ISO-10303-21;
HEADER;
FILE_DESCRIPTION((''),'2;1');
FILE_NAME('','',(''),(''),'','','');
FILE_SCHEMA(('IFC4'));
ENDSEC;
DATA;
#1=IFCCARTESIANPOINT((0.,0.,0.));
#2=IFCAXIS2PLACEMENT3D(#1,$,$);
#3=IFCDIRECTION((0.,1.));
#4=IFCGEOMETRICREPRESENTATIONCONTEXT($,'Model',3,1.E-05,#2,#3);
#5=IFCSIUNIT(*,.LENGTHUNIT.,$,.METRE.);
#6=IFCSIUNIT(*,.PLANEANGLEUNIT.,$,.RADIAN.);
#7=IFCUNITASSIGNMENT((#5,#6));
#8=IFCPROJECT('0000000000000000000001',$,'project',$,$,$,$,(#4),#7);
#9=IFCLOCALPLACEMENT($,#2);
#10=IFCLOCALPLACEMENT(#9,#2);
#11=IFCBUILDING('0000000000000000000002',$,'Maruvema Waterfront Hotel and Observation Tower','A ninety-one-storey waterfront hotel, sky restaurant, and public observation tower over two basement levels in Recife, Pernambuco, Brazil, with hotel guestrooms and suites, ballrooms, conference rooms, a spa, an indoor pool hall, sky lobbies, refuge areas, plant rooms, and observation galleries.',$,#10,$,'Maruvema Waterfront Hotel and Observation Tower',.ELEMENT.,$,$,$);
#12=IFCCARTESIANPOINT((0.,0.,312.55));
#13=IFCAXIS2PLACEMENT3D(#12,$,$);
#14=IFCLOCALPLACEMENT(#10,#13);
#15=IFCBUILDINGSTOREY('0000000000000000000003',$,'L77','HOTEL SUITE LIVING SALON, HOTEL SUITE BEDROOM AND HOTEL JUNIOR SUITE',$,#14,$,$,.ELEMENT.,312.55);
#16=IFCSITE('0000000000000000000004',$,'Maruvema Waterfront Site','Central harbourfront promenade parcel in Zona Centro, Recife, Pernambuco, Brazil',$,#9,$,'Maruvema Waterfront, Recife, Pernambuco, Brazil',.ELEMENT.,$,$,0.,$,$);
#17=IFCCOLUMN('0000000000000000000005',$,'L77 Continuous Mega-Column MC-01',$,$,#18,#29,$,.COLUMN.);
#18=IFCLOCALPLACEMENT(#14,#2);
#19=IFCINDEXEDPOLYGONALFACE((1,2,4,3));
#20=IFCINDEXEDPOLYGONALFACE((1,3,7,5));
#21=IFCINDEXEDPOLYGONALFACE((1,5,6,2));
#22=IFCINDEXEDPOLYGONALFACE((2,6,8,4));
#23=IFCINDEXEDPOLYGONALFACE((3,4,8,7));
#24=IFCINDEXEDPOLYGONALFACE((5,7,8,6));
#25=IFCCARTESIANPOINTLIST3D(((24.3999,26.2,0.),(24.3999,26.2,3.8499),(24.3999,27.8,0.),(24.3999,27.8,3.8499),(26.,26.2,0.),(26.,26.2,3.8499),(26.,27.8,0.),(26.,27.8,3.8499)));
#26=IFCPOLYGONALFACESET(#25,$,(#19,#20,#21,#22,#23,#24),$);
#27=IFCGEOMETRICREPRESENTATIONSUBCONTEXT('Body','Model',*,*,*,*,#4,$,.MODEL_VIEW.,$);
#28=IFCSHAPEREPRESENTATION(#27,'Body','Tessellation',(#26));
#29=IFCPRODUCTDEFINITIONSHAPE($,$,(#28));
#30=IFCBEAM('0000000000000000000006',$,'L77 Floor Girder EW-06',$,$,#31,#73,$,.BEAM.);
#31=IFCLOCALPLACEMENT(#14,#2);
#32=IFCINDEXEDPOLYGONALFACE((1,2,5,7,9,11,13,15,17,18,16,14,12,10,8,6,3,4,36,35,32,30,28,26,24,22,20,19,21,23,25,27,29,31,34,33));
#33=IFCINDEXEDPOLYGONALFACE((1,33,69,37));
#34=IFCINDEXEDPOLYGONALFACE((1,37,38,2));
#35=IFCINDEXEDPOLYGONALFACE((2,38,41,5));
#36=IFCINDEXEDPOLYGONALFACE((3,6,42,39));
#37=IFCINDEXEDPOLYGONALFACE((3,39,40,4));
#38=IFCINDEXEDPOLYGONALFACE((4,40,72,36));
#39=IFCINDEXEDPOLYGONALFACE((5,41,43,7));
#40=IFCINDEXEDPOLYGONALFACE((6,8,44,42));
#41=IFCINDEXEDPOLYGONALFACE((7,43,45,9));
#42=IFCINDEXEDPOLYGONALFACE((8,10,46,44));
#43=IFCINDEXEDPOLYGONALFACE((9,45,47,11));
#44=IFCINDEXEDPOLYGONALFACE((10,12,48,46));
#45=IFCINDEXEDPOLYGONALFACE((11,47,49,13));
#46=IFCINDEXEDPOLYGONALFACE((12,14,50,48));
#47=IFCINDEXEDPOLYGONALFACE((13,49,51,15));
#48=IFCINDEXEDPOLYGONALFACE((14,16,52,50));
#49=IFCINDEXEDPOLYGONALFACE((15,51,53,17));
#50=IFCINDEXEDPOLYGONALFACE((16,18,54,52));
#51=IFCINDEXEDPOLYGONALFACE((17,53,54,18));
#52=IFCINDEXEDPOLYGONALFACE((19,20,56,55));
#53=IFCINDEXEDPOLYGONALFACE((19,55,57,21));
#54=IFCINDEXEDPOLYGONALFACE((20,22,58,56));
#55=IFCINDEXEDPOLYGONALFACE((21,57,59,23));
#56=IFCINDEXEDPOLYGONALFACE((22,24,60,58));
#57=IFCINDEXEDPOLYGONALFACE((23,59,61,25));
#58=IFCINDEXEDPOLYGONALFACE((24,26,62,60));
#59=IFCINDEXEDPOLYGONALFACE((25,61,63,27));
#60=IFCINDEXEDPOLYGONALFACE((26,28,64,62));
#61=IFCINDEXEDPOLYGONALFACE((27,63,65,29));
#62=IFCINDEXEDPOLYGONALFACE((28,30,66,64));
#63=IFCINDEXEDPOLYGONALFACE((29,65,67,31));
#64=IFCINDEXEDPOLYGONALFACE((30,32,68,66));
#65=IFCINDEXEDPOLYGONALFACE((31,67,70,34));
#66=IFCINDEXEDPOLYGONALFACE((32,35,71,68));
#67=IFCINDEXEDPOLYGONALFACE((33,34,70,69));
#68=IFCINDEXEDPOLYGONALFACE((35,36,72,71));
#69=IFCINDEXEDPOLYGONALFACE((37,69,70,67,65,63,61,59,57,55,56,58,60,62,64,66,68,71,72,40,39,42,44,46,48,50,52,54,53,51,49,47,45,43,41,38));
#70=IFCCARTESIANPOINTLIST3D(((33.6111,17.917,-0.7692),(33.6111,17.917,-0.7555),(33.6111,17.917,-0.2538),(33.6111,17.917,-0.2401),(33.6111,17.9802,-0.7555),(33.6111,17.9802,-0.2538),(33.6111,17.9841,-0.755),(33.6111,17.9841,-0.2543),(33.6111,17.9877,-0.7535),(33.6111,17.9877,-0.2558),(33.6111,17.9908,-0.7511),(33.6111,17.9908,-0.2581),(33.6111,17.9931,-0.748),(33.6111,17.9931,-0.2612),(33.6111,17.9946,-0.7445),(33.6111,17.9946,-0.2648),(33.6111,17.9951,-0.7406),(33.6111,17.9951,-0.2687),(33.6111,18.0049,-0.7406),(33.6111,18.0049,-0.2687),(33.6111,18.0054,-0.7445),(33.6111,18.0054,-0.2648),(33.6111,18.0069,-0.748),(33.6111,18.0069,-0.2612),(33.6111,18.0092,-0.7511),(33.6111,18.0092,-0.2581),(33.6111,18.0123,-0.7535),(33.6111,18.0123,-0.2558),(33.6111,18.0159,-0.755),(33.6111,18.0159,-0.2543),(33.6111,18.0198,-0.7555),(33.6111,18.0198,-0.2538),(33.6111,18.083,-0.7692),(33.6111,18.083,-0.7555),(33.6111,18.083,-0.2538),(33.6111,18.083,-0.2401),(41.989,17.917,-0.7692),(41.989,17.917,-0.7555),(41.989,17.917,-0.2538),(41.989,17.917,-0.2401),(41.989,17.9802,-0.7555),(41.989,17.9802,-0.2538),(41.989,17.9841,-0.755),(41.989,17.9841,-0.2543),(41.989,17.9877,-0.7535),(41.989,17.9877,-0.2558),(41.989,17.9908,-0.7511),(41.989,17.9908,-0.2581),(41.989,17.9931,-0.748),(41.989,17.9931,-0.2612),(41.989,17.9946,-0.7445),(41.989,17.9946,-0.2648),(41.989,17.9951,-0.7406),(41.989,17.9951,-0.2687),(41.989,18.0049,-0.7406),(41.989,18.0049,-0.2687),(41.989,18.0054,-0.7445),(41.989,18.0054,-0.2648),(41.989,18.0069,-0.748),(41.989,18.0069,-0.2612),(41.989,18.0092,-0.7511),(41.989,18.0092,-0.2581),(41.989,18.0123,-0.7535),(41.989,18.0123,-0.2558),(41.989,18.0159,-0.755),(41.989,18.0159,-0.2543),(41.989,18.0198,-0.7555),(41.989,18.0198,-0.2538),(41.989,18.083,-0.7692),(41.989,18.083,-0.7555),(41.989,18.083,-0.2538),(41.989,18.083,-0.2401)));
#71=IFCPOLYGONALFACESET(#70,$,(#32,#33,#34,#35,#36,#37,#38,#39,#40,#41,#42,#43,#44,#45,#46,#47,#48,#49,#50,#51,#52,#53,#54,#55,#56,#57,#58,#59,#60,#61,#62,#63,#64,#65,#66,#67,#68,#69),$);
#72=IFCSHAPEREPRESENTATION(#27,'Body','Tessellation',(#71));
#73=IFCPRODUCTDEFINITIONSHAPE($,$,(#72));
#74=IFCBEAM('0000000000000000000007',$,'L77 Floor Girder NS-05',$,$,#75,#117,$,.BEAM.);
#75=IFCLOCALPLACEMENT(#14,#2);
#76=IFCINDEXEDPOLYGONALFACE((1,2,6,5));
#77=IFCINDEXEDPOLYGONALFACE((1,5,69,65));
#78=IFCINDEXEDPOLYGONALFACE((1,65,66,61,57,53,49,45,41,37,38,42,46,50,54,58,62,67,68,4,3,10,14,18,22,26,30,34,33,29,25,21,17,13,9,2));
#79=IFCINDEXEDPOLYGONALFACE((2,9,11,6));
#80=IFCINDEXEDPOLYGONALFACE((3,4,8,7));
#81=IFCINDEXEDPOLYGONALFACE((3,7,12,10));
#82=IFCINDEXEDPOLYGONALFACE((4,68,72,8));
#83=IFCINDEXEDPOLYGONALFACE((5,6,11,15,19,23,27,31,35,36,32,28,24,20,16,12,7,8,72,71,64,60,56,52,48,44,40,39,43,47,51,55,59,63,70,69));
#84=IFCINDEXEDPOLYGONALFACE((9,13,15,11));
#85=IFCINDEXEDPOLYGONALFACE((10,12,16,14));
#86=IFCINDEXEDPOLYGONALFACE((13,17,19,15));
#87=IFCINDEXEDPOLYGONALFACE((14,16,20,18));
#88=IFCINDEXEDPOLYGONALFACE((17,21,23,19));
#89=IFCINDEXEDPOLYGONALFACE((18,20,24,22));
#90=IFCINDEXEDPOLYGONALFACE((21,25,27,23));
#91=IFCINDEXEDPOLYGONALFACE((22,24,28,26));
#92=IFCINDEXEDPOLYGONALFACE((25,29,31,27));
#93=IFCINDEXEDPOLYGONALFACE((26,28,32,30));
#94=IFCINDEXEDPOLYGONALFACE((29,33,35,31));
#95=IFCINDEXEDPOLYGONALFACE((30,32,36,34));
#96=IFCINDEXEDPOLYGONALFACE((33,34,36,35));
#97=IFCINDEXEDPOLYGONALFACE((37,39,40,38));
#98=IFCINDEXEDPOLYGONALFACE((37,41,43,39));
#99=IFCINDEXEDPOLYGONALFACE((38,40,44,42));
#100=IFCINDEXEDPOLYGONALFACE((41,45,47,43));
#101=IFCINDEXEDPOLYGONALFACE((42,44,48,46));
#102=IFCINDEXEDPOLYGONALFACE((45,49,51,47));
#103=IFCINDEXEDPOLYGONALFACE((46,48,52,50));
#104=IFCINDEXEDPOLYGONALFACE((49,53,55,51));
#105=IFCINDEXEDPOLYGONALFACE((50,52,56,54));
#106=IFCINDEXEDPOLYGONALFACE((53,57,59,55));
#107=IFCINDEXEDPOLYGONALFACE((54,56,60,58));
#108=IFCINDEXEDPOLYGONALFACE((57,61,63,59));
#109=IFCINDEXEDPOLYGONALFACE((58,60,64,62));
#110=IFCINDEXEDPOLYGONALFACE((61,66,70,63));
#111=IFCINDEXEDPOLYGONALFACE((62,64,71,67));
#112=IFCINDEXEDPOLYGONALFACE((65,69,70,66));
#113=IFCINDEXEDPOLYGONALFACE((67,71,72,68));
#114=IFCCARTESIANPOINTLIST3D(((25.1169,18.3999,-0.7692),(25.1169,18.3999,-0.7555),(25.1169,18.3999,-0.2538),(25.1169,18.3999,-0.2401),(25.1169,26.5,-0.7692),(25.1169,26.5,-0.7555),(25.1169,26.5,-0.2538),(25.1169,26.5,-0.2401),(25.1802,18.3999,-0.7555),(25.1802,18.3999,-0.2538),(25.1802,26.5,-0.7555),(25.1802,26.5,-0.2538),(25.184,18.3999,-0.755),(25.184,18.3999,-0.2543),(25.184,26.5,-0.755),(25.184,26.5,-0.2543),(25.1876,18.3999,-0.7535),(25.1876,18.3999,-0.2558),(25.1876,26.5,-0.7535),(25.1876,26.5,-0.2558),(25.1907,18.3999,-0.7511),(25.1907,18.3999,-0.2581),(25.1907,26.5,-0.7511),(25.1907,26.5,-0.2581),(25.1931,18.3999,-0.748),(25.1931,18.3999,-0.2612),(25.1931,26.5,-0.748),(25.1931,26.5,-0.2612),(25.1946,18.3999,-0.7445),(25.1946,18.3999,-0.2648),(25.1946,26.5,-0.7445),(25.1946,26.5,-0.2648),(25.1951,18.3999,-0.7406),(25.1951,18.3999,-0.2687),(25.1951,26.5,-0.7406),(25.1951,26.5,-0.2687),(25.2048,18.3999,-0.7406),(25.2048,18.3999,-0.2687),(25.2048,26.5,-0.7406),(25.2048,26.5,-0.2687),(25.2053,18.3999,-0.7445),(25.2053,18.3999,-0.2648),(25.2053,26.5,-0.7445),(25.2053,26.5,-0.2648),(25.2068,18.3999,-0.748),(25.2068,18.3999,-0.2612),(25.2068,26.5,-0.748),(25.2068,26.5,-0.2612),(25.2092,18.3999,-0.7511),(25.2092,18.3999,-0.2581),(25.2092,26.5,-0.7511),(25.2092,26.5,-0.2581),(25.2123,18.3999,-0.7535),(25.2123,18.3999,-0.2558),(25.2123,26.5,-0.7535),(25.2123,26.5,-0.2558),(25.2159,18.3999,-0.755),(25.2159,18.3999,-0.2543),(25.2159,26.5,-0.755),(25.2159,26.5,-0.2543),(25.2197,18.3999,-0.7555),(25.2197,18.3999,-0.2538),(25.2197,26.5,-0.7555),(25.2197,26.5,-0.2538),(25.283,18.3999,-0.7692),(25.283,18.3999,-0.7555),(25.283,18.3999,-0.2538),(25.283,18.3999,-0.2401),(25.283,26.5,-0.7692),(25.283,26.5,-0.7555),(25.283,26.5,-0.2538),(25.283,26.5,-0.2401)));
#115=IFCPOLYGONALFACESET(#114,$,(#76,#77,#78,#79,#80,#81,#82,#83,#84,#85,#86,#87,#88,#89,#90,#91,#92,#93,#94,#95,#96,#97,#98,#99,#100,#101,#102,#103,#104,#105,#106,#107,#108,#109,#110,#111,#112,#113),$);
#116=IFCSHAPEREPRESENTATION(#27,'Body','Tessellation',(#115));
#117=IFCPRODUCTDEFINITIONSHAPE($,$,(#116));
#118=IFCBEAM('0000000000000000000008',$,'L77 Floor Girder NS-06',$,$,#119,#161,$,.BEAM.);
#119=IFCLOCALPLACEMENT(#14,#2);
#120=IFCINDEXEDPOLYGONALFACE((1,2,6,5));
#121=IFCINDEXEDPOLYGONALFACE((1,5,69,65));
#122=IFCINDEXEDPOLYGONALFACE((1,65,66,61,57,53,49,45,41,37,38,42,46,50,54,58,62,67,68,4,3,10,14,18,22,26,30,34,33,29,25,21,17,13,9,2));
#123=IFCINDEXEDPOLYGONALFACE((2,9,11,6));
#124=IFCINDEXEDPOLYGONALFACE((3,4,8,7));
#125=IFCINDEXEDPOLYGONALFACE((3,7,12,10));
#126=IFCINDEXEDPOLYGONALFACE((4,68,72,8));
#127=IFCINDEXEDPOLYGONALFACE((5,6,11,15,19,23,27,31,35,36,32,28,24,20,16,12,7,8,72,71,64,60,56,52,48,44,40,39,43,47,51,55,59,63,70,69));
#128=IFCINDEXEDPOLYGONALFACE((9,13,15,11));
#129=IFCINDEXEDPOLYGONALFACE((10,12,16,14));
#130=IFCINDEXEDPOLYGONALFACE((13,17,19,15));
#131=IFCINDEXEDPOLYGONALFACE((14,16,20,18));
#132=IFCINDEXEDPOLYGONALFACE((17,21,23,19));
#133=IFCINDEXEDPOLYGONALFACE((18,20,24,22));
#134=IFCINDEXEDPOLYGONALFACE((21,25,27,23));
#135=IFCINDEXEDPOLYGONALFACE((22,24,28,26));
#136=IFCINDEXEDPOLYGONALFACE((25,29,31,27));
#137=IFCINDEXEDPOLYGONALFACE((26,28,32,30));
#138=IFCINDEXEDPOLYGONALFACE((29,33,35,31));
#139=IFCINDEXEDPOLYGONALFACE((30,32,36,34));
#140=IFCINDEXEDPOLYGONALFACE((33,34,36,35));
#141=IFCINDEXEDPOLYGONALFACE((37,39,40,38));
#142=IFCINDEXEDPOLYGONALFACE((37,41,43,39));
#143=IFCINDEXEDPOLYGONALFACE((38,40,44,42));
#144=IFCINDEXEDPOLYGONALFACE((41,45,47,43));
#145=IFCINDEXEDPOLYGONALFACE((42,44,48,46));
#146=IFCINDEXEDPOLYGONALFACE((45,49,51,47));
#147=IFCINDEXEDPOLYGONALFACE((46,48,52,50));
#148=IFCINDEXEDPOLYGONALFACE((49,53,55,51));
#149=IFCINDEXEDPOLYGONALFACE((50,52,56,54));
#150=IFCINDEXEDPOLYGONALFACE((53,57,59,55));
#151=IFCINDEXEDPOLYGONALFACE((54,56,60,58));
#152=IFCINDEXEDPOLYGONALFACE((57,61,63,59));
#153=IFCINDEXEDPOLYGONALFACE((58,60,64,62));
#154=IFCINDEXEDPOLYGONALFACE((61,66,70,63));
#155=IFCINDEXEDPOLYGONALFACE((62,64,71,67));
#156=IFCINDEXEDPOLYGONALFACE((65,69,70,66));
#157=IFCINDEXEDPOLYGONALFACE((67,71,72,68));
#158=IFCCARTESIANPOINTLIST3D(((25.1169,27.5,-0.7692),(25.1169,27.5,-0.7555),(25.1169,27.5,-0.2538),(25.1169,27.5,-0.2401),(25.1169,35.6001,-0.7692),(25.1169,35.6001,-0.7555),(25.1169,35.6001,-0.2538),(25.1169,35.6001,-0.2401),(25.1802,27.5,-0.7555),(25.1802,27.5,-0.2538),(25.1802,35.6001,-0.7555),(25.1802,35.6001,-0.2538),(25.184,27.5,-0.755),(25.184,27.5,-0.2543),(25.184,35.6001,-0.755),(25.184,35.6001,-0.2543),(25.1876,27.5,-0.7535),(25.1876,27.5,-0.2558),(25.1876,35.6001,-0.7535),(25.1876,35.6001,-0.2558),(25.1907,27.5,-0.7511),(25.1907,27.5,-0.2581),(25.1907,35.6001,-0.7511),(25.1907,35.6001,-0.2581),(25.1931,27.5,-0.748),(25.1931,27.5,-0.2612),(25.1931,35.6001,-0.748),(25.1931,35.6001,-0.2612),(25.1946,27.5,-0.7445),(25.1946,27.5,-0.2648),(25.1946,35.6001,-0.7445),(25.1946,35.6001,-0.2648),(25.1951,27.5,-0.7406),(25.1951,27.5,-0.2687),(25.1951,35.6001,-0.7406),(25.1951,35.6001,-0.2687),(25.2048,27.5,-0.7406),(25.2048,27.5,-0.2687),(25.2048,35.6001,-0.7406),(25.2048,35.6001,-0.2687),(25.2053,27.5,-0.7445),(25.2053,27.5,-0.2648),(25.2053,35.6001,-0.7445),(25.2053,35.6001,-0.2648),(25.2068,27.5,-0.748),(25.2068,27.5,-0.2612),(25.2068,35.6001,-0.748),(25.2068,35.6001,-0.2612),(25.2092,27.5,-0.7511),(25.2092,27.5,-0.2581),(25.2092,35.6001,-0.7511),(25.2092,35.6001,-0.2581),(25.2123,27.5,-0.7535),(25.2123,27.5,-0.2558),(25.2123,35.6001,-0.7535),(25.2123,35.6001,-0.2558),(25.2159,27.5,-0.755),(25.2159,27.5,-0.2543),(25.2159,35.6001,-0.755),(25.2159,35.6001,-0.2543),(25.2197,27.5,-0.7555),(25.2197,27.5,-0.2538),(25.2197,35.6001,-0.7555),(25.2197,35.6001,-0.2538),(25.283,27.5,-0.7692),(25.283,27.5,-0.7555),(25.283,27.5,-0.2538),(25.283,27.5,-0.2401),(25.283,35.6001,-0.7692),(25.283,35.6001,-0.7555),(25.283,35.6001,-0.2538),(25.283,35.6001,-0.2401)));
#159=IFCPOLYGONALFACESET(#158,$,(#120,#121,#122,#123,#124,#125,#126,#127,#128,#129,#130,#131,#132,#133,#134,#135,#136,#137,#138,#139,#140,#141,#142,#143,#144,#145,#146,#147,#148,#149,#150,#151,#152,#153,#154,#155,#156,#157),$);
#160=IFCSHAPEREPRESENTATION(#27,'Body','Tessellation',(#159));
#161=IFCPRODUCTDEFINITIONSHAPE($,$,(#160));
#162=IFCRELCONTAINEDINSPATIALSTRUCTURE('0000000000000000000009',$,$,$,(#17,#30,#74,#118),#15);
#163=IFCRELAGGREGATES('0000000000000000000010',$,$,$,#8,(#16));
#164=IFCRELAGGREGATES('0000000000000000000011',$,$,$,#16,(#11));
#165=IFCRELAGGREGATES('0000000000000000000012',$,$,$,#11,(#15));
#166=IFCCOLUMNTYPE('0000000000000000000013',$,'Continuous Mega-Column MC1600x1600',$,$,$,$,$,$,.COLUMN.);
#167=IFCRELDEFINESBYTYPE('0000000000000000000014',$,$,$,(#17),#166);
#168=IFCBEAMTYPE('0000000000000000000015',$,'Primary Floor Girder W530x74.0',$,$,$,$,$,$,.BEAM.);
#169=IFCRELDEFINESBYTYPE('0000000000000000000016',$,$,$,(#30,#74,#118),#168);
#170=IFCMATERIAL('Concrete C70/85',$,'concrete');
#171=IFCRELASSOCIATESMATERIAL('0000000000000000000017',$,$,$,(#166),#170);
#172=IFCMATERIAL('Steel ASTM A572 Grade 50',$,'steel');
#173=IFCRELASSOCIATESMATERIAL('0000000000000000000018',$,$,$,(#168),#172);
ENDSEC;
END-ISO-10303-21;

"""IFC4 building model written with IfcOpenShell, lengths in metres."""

from ifc_helpers import new_model, si_unit, direction, frame, origin, origin_2d, place, context, subcontext, project, spatial, rectangle, i_section, extrude, material, material_profile, profile_set, type_object, element, save


model = new_model("IFC4")

# Units and contexts
model_context = context("Model", 3, precision=1e-05, world=origin(), true_north=direction((0.0, 1.0)))
body_context = subcontext(model_context, "Body", "Model", "MODEL_VIEW")
ifc_project = project(units=[si_unit("LENGTHUNIT", "METRE"), si_unit("PLANEANGLEUNIT", "RADIAN")], contexts=[model_context])

# Site, building, storey
site_placement = place(None, origin())
site = spatial("IfcSite", under=ifc_project, at=site_placement, Name="Maruvema Waterfront Site", Description="Central harbourfront promenade parcel in Zona Centro, Recife, Pernambuco, Brazil", LongName="Maruvema Waterfront, Recife, Pernambuco, Brazil", CompositionType="ELEMENT", RefElevation=0.0)
building_placement = place(site_placement, origin())
building = spatial("IfcBuilding", under=site, at=building_placement, Name="Maruvema Waterfront Hotel and Observation Tower", Description="A ninety-one-storey waterfront hotel, sky restaurant, and public observation tower over two basement levels in Recife, Pernambuco, Brazil, with hotel guestrooms and suites, ballrooms, conference rooms, a spa, an indoor pool hall, sky lobbies, refuge areas, plant rooms, and observation galleries.", LongName="Maruvema Waterfront Hotel and Observation Tower", CompositionType="ELEMENT")
storey_placement = place(building_placement, frame((0.0, 0.0, 312.55)))
storey = spatial("IfcBuildingStorey", under=building, at=storey_placement, Name="L77", Description="HOTEL SUITE LIVING SALON, HOTEL SUITE BEDROOM AND HOTEL JUNIOR SUITE", CompositionType="ELEMENT", Elevation=312.55)

# Column
ifc_material_1 = material(Name="Concrete C70/85", Category="concrete")
ifc_material_profile_1 = material_profile(ifc_material_1, rectangle(XDim=1.6001, YDim=1.6001, at=origin_2d()), Name="MC1600x1600")
ifc_profile_set_1 = profile_set([ifc_material_profile_1], Name="Concrete C70/85")
column_type = type_object("IfcColumnType", Name="Continuous Mega-Column MC1600x1600", PredefinedType="COLUMN", material=ifc_profile_set_1)
column_placement = place(storey_placement, frame((25.2, 27.0, 0.0), z_axis=(0.0, 0.0, 1.0), x_axis=(1.0, 0.0, 0.0)))
element("IfcColumn", 1, at=column_placement, inside=storey, type_object=column_type, Name="L77 Continuous Mega-Column MC-01", PredefinedType="COLUMN", context=body_context, shape_type="SweptSolid", body=[
    extrude(rectangle(XDim=1.6001, YDim=1.6001, at=origin_2d()), origin(), (0.0, 0.0, 1.0), 3.8499),
])

# Beams
ifc_material_2 = material(Name="Steel ASTM A572 Grade 50", Category="steel")
ifc_material_profile_2 = material_profile(ifc_material_2, i_section(OverallWidth=0.166, OverallDepth=0.5291, WebThickness=0.0098, FlangeThickness=0.0137, FilletRadius=0.0149, at=origin_2d()), Name="W530x74.0")
ifc_profile_set_2 = profile_set([ifc_material_profile_2], Name="Steel ASTM A572 Grade 50")
beam_type_1 = type_object("IfcBeamType", Name="Primary Floor Girder W530x74.0", PredefinedType="BEAM", material=ifc_profile_set_2)
beam_1_placement = place(storey_placement, frame((33.6111, 18.0, -0.5046), z_axis=(1.0, 0.0, 0.0), x_axis=(0.0, 1.0, 0.0)))
element("IfcBeam", 2, at=beam_1_placement, inside=storey, type_object=beam_type_1, Name="L77 Floor Girder EW-06", PredefinedType="BEAM", context=body_context, shape_type="SweptSolid", body=[
    extrude(i_section(OverallWidth=0.166, OverallDepth=0.5291, WebThickness=0.0098, FlangeThickness=0.0137, FilletRadius=0.0149, at=origin_2d()), origin(), (0.0, 0.0, 1.0), 8.3779),
])
for number, where, z_axis, x_axis, name in (
    (3, (25.2, 18.3999, -0.5046), (0.0, 1.0, 0.0), (-1.0, 0.0, 0.0), "L77 Floor Girder NS-05"),
    (4, (25.2, 27.5, -0.5046), (0.0, 1.0, 0.0), (-1.0, 0.0, 0.0), "L77 Floor Girder NS-06"),
):
    element("IfcBeam", number, at=place(storey_placement, frame(where, z_axis=z_axis, x_axis=x_axis)), inside=storey, type_object=beam_type_1, Name=name, PredefinedType="BEAM", context=body_context, shape_type="SweptSolid", body=[
        extrude(i_section(OverallWidth=0.166, OverallDepth=0.5291, WebThickness=0.0098, FlangeThickness=0.0137, FilletRadius=0.0149, at=origin_2d()), origin(), (0.0, 0.0, 1.0), 8.1001),
    ])

save(model, "model.ifc")
